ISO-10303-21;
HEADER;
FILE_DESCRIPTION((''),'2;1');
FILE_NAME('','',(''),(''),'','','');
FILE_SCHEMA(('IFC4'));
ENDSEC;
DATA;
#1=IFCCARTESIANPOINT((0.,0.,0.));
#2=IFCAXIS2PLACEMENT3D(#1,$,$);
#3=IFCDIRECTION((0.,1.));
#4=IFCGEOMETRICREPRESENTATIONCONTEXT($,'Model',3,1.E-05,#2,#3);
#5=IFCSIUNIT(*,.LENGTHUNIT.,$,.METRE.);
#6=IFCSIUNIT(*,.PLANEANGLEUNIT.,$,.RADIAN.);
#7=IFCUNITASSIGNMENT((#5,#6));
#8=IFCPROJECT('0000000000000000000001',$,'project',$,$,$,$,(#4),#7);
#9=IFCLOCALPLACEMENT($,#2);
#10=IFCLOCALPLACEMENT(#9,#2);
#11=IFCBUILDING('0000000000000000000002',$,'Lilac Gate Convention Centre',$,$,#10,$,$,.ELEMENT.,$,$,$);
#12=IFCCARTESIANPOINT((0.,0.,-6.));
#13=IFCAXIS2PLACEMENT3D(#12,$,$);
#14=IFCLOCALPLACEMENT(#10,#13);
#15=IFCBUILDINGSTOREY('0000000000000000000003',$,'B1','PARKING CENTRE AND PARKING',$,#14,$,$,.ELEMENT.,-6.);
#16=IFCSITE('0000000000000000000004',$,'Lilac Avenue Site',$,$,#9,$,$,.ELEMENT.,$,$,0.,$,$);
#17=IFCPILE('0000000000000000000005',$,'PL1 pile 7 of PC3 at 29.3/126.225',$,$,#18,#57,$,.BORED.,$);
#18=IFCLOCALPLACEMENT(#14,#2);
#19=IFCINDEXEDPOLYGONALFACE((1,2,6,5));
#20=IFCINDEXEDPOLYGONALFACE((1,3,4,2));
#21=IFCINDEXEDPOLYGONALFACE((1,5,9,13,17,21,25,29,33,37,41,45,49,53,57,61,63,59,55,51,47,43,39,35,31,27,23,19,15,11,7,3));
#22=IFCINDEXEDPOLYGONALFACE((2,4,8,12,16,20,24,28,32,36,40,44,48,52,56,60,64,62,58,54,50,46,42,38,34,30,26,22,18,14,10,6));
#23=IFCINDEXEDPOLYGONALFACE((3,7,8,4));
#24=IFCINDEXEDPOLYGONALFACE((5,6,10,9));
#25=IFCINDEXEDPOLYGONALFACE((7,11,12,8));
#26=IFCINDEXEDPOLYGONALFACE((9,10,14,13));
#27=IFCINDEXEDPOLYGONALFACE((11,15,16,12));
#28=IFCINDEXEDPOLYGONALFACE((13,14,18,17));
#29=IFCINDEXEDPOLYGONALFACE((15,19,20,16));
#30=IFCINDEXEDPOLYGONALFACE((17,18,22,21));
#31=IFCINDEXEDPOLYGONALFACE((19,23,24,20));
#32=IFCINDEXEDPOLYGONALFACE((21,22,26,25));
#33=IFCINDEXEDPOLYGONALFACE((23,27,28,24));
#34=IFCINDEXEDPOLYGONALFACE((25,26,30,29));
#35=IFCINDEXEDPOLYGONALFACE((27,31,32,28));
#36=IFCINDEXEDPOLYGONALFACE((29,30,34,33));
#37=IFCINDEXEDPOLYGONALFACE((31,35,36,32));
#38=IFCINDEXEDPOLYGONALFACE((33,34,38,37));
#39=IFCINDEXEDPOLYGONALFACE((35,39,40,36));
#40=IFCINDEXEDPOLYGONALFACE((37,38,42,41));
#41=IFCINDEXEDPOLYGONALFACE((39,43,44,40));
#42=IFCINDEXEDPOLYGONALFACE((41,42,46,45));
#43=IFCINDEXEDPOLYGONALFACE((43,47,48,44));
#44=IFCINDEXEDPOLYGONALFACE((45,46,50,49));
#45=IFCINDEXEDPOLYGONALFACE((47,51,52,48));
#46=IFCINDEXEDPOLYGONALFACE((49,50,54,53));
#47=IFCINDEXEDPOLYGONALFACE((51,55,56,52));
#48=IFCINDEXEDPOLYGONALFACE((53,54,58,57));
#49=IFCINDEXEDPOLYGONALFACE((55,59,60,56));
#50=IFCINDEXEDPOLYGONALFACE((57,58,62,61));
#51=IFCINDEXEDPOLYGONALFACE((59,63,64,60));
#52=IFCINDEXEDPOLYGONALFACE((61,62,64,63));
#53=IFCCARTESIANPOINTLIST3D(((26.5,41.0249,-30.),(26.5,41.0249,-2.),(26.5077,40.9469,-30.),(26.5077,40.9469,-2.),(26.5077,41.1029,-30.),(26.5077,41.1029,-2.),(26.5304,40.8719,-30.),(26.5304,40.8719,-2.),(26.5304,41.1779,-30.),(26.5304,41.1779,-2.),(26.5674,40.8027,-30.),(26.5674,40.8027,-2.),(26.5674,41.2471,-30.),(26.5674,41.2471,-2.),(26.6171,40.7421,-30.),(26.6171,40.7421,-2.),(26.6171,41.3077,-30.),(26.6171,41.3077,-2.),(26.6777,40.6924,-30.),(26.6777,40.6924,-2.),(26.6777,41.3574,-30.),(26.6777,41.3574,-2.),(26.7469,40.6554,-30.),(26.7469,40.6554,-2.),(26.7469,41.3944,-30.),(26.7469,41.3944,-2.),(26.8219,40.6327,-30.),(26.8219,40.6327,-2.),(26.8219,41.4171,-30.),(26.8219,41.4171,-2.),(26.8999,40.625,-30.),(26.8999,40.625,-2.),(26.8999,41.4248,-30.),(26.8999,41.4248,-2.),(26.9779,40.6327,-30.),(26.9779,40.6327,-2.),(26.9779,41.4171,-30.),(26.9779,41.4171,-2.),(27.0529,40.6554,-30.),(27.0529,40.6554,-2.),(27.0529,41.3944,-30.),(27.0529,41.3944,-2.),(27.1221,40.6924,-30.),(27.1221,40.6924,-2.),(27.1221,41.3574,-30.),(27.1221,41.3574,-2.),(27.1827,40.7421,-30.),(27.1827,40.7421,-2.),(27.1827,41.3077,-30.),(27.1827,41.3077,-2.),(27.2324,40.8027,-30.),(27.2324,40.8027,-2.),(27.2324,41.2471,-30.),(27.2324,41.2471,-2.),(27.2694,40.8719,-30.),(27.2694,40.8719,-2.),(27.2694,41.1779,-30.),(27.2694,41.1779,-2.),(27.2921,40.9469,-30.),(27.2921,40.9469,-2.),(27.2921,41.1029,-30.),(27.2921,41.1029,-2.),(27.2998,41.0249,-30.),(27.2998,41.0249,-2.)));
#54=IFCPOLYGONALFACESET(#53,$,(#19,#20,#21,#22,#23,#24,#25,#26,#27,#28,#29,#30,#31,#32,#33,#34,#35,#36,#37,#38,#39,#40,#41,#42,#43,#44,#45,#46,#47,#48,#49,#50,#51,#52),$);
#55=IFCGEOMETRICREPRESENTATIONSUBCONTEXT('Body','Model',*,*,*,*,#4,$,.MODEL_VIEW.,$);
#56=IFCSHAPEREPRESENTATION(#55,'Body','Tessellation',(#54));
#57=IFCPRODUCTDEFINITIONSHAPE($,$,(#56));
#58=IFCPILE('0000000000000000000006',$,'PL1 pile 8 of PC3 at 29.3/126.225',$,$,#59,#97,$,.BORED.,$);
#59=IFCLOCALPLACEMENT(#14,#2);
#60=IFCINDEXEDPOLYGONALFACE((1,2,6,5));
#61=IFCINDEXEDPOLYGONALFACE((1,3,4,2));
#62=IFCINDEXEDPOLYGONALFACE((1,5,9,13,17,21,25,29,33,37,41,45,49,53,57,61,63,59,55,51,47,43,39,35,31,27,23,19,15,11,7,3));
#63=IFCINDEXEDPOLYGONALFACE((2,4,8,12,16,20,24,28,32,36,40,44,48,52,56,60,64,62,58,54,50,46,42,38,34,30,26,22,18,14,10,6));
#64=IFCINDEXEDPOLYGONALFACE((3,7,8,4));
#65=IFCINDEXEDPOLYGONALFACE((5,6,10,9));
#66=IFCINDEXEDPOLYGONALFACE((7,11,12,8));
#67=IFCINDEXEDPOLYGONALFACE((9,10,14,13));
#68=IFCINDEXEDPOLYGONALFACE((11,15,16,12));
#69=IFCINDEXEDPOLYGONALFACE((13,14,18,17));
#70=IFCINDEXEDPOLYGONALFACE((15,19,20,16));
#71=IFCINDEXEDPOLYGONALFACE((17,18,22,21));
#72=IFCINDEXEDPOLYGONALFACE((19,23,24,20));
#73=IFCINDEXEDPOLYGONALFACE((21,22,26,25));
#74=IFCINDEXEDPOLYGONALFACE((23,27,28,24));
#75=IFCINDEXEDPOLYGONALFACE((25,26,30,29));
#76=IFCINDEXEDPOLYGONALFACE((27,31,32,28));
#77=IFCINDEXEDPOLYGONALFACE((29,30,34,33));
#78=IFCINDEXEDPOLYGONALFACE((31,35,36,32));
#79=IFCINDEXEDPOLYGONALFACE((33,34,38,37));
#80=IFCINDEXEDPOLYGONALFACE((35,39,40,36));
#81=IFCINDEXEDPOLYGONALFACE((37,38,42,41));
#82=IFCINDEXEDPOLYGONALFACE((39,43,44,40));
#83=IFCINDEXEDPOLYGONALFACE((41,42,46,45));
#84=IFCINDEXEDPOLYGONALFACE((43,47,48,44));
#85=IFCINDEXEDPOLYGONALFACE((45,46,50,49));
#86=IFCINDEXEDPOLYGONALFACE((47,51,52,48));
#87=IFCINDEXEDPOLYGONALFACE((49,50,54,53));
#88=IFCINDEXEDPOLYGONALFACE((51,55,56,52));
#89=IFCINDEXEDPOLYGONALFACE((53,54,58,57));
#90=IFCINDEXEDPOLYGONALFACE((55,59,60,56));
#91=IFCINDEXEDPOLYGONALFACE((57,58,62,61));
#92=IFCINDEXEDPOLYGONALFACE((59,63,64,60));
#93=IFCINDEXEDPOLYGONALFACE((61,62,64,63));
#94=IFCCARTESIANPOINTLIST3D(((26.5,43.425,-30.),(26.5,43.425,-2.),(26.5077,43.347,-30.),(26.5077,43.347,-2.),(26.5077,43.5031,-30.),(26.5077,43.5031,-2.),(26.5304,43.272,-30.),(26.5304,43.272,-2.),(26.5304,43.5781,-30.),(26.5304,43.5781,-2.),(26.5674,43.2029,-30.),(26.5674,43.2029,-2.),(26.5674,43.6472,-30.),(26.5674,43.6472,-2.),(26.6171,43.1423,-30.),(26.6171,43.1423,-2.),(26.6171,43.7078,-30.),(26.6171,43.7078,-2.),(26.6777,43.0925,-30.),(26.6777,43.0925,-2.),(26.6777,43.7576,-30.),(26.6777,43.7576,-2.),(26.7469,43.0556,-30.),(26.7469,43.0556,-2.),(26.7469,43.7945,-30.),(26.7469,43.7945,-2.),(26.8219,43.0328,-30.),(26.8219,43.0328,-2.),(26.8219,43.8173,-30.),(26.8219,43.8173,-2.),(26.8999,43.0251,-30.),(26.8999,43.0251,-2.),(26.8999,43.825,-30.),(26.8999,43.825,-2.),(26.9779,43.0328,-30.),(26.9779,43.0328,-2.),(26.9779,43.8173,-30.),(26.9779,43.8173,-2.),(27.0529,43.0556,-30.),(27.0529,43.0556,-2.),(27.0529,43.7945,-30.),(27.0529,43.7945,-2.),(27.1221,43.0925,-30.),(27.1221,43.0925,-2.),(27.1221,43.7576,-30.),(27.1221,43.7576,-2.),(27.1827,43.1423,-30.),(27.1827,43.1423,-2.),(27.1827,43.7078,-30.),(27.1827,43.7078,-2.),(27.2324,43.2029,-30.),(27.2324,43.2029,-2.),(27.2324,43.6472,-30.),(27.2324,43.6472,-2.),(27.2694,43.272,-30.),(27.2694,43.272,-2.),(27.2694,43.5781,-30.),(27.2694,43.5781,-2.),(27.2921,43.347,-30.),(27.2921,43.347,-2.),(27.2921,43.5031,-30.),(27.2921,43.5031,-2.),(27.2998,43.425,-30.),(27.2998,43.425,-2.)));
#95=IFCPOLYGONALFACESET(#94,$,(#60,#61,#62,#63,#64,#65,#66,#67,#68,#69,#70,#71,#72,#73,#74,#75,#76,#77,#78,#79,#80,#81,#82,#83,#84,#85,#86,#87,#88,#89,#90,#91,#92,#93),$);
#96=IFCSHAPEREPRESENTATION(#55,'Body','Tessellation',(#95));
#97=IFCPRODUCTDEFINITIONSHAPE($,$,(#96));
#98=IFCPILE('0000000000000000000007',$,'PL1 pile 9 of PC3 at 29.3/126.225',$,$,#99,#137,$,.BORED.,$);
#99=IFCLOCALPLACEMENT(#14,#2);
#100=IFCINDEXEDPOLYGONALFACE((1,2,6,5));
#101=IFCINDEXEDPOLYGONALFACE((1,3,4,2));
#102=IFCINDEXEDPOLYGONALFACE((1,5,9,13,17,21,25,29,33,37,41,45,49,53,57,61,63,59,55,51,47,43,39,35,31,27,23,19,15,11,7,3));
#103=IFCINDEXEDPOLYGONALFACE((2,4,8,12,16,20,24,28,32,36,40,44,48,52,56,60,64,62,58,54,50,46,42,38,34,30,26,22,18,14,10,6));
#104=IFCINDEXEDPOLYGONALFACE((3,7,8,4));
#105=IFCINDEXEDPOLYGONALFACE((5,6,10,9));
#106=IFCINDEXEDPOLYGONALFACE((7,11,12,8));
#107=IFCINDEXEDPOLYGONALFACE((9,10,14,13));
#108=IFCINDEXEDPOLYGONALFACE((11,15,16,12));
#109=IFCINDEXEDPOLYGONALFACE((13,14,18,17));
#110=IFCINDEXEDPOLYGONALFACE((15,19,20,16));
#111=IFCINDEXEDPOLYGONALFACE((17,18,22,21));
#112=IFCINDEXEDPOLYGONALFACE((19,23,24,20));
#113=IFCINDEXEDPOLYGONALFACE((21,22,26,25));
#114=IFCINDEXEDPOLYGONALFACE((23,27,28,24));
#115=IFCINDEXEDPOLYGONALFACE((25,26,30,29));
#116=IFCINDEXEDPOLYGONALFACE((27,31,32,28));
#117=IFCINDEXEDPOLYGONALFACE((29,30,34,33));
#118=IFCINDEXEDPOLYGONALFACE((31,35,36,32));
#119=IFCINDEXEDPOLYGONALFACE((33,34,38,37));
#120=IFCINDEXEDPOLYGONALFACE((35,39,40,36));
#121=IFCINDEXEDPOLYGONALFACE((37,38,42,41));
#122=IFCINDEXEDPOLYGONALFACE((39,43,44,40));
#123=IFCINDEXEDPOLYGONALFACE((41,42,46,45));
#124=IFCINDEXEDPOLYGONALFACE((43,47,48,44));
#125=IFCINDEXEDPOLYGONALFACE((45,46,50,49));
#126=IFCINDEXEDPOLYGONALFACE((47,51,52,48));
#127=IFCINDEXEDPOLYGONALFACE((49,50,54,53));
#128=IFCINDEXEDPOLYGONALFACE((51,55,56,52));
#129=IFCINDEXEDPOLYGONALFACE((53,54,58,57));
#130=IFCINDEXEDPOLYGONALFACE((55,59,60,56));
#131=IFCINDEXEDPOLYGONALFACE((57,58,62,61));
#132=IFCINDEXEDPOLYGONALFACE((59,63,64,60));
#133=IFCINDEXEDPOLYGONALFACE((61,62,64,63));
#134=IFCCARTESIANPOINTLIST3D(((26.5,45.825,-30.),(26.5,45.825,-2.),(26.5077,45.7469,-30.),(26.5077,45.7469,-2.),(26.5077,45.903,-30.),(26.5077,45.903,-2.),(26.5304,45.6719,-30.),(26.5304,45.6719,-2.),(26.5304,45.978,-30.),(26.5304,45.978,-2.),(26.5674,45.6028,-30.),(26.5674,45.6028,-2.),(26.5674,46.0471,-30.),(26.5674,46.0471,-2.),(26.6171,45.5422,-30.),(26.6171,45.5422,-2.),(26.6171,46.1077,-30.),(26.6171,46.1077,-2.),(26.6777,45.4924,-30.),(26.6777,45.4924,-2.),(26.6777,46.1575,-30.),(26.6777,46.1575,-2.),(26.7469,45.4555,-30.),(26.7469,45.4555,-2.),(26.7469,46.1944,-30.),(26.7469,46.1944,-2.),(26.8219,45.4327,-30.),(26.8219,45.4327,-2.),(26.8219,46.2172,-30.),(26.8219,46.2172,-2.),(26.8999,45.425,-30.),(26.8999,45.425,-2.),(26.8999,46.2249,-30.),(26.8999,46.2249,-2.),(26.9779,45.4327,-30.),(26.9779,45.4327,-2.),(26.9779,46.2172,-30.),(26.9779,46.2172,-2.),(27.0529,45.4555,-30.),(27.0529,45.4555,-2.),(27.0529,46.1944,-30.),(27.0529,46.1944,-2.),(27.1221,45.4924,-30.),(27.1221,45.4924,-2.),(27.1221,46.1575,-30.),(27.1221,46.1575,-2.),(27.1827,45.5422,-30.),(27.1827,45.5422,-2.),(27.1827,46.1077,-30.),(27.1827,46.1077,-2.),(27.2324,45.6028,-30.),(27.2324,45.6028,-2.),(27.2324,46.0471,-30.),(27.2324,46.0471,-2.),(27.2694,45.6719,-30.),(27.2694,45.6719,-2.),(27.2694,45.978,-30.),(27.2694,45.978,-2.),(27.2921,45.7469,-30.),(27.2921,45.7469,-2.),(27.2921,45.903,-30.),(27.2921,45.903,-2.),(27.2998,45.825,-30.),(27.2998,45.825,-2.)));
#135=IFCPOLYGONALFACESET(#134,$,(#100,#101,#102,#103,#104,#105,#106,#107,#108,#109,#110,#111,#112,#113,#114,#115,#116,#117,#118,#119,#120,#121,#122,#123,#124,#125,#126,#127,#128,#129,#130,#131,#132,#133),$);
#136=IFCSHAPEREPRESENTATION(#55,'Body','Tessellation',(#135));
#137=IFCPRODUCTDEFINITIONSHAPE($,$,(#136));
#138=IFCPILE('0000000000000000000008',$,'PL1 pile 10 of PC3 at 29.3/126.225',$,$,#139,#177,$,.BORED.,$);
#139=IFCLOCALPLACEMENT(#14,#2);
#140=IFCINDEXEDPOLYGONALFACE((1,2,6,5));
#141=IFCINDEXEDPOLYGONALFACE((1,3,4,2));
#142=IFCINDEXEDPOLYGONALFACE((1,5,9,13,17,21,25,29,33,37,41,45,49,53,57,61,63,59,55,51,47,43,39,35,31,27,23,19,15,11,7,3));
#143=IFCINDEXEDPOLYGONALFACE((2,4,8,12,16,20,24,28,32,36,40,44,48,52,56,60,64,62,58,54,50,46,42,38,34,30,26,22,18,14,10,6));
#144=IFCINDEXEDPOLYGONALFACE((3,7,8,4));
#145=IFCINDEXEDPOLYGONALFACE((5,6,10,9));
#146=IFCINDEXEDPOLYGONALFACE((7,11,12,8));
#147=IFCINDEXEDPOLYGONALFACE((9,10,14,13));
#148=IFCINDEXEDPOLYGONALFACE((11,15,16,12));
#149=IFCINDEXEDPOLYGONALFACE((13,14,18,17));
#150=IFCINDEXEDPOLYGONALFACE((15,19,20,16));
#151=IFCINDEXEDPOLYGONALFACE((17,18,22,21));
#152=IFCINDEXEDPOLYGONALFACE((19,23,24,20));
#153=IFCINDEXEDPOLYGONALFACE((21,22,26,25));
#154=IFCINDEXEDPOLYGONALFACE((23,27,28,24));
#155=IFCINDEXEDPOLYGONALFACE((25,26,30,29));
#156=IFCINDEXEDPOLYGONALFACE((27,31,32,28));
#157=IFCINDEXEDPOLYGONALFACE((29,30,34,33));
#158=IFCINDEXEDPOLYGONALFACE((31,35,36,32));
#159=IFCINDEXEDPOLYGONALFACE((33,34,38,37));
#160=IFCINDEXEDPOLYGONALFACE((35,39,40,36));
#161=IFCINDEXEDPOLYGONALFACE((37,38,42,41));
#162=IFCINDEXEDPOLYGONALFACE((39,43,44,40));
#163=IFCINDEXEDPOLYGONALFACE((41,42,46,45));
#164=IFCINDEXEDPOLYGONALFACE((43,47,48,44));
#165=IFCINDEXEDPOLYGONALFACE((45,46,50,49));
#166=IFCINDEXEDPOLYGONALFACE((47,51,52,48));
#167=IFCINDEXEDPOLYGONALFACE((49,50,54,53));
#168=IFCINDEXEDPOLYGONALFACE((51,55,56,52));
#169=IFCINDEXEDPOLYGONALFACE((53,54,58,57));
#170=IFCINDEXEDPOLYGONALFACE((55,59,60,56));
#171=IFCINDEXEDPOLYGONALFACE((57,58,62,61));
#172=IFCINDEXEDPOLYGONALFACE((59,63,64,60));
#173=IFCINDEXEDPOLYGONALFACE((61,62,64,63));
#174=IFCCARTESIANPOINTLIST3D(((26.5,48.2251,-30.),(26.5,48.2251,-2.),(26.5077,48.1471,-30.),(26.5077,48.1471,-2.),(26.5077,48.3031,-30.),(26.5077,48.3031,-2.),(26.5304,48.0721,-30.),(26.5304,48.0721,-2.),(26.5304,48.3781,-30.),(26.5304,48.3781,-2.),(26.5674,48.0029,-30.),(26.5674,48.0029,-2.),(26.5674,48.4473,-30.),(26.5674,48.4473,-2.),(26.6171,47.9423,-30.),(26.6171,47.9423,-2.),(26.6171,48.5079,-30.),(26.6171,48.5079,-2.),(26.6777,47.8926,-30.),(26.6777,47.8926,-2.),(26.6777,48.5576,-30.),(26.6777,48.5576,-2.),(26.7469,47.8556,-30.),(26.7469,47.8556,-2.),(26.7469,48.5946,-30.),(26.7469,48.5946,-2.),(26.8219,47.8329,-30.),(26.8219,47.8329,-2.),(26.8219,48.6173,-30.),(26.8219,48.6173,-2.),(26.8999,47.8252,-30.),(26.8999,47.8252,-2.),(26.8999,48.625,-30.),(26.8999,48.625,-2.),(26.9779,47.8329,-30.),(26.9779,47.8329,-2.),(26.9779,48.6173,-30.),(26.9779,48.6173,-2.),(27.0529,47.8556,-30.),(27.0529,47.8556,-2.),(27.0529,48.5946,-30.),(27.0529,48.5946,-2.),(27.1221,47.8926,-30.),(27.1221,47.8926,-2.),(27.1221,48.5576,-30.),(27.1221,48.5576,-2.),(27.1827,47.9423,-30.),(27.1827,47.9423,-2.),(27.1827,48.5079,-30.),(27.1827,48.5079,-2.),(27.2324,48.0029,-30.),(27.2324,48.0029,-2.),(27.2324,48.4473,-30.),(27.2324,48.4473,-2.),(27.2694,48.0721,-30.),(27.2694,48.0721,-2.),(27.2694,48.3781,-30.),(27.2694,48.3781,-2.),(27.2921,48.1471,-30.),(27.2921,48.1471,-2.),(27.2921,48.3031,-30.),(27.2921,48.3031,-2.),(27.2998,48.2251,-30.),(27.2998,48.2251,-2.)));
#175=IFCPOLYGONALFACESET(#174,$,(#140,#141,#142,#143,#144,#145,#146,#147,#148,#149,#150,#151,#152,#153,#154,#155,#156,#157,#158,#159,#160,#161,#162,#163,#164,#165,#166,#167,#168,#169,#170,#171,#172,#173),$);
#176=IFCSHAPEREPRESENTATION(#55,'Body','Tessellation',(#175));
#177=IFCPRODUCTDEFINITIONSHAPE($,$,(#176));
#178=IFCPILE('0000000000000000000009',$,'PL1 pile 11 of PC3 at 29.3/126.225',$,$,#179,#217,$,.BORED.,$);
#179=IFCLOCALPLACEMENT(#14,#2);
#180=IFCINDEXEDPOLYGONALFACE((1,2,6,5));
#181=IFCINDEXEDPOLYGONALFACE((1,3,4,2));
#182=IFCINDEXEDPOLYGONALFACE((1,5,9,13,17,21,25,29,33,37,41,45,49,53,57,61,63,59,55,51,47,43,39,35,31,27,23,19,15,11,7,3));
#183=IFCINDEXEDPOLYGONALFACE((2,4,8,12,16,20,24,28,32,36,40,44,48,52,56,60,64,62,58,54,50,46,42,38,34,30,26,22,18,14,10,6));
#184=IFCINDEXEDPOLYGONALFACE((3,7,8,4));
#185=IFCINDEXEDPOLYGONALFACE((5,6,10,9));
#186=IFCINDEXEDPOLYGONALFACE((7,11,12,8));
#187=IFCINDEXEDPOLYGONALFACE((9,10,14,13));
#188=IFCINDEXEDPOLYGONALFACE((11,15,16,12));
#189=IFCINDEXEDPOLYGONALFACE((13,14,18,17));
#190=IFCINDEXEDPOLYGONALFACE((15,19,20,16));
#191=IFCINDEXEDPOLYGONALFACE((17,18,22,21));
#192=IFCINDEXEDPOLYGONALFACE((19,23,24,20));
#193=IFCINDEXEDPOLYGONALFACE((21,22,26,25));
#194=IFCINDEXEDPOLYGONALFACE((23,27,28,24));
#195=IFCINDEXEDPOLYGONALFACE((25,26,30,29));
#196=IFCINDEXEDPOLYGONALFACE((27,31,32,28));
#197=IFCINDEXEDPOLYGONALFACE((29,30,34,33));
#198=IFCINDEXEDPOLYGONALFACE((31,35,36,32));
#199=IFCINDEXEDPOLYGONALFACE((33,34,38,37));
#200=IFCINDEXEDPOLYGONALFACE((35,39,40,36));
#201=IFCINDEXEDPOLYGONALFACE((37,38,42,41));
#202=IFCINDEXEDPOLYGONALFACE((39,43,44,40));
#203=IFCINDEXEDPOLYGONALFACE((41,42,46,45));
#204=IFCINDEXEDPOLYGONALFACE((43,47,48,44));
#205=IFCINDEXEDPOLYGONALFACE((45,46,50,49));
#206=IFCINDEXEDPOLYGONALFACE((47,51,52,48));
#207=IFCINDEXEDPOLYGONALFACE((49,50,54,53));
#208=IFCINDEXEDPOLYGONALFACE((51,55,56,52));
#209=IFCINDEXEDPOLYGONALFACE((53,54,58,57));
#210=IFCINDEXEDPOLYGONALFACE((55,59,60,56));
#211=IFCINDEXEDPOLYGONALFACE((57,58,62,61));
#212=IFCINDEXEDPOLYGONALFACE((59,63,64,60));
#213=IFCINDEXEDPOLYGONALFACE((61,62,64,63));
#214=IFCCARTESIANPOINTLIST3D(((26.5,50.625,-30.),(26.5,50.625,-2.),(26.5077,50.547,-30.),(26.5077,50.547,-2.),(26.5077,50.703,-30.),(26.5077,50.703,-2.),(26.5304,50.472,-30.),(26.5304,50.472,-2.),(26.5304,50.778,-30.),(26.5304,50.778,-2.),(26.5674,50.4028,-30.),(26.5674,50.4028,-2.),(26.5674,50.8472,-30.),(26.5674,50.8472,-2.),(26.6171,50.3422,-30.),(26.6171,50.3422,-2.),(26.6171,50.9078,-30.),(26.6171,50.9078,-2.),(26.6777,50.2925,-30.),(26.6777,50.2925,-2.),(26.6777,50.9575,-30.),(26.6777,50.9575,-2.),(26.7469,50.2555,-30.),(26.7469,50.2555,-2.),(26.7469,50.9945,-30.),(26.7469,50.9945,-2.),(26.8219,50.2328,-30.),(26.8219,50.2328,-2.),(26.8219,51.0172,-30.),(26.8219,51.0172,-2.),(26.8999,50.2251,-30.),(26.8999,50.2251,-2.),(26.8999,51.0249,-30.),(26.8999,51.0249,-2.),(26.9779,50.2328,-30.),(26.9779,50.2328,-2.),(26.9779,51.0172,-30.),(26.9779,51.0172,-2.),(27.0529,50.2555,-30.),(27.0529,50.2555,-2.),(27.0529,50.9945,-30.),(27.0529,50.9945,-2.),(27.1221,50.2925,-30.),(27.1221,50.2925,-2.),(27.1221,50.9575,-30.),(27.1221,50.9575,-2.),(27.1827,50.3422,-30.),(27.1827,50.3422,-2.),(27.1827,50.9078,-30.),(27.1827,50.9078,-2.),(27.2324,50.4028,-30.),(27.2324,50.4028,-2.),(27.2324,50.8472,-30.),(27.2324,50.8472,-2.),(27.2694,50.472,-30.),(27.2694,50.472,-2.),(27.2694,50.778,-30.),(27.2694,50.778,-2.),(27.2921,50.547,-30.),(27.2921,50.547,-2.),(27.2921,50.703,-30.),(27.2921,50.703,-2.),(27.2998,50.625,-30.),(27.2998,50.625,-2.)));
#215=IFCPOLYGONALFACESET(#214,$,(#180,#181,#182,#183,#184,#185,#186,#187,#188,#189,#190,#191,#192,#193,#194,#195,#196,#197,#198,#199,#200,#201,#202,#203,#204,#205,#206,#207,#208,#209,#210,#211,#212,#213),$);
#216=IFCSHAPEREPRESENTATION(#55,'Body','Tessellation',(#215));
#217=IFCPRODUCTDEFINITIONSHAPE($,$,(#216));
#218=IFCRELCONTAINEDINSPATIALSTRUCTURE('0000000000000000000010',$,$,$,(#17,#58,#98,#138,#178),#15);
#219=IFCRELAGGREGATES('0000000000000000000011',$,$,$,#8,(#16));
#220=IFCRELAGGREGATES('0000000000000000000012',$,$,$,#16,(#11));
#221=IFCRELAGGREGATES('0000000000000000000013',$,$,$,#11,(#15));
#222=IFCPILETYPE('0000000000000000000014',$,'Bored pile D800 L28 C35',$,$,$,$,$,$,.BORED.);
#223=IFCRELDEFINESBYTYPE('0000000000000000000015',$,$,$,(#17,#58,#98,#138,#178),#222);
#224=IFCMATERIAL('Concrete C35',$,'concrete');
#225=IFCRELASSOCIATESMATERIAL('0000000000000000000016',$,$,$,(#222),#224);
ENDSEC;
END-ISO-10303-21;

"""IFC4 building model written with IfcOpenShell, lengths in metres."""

from ifc_helpers import new_model, si_unit, direction, frame, origin, origin_2d, place, context, subcontext, project, spatial, circle, extrude, material, material_profile, profile_set, type_object, element, save


model = new_model("IFC4")

# Units and contexts
model_context = context("Model", 3, precision=1e-05, world=origin(), true_north=direction((0.0, 1.0)))
body_context = subcontext(model_context, "Body", "Model", "MODEL_VIEW")
ifc_project = project(units=[si_unit("LENGTHUNIT", "METRE"), si_unit("PLANEANGLEUNIT", "RADIAN")], contexts=[model_context])

# Site, building, storey
site_placement = place(None, origin())
site = spatial("IfcSite", under=ifc_project, at=site_placement, Name="Lilac Avenue Site", CompositionType="ELEMENT", RefElevation=0.0)
building_placement = place(site_placement, origin())
building = spatial("IfcBuilding", under=site, at=building_placement, Name="Lilac Gate Convention Centre", CompositionType="ELEMENT")
storey_placement = place(building_placement, frame((0.0, 0.0, -6.0)))
storey = spatial("IfcBuildingStorey", under=building, at=storey_placement, Name="B1", Description="PARKING CENTRE AND PARKING", CompositionType="ELEMENT", Elevation=-6.0)

# Piles
ifc_material_1 = material(Name="Concrete C35", Category="concrete")
ifc_material_profile_1 = material_profile(ifc_material_1, circle(Radius=0.3999, at=origin_2d()), Name="D800")
ifc_profile_set_1 = profile_set([ifc_material_profile_1], Name="Concrete C35")
pile_type = type_object("IfcPileType", Name="Bored pile D800 L28 C35", PredefinedType="BORED", material=ifc_profile_set_1)
for number, where, z_axis, x_axis, name in (
    (1, (26.8999, 41.0249, -2.0), (0.0, 0.0, -1.0), (1.0, 0.0, 0.0), "PL1 pile 7 of PC3 at 29.3/126.225"),
    (2, (26.8999, 43.425, -2.0), (0.0, 0.0, -1.0), (1.0, 0.0, 0.0), "PL1 pile 8 of PC3 at 29.3/126.225"),
    (3, (26.8999, 45.825, -2.0), (0.0, 0.0, -1.0), (1.0, 0.0, 0.0), "PL1 pile 9 of PC3 at 29.3/126.225"),
    (4, (26.8999, 48.2251, -2.0), (0.0, 0.0, -1.0), (1.0, 0.0, 0.0), "PL1 pile 10 of PC3 at 29.3/126.225"),
    (5, (26.8999, 50.625, -2.0), (0.0, 0.0, -1.0), (1.0, 0.0, 0.0), "PL1 pile 11 of PC3 at 29.3/126.225"),
):
    element("IfcPile", number, at=place(storey_placement, frame(where, z_axis=z_axis, x_axis=x_axis)), inside=storey, type_object=pile_type, Name=name, PredefinedType="BORED", context=body_context, shape_type="SweptSolid", body=[
        extrude(circle(Radius=0.3999, at=origin_2d()), origin(), (0.0, 0.0, 1.0), 28.0),
    ])

save(model, "model.ifc")
